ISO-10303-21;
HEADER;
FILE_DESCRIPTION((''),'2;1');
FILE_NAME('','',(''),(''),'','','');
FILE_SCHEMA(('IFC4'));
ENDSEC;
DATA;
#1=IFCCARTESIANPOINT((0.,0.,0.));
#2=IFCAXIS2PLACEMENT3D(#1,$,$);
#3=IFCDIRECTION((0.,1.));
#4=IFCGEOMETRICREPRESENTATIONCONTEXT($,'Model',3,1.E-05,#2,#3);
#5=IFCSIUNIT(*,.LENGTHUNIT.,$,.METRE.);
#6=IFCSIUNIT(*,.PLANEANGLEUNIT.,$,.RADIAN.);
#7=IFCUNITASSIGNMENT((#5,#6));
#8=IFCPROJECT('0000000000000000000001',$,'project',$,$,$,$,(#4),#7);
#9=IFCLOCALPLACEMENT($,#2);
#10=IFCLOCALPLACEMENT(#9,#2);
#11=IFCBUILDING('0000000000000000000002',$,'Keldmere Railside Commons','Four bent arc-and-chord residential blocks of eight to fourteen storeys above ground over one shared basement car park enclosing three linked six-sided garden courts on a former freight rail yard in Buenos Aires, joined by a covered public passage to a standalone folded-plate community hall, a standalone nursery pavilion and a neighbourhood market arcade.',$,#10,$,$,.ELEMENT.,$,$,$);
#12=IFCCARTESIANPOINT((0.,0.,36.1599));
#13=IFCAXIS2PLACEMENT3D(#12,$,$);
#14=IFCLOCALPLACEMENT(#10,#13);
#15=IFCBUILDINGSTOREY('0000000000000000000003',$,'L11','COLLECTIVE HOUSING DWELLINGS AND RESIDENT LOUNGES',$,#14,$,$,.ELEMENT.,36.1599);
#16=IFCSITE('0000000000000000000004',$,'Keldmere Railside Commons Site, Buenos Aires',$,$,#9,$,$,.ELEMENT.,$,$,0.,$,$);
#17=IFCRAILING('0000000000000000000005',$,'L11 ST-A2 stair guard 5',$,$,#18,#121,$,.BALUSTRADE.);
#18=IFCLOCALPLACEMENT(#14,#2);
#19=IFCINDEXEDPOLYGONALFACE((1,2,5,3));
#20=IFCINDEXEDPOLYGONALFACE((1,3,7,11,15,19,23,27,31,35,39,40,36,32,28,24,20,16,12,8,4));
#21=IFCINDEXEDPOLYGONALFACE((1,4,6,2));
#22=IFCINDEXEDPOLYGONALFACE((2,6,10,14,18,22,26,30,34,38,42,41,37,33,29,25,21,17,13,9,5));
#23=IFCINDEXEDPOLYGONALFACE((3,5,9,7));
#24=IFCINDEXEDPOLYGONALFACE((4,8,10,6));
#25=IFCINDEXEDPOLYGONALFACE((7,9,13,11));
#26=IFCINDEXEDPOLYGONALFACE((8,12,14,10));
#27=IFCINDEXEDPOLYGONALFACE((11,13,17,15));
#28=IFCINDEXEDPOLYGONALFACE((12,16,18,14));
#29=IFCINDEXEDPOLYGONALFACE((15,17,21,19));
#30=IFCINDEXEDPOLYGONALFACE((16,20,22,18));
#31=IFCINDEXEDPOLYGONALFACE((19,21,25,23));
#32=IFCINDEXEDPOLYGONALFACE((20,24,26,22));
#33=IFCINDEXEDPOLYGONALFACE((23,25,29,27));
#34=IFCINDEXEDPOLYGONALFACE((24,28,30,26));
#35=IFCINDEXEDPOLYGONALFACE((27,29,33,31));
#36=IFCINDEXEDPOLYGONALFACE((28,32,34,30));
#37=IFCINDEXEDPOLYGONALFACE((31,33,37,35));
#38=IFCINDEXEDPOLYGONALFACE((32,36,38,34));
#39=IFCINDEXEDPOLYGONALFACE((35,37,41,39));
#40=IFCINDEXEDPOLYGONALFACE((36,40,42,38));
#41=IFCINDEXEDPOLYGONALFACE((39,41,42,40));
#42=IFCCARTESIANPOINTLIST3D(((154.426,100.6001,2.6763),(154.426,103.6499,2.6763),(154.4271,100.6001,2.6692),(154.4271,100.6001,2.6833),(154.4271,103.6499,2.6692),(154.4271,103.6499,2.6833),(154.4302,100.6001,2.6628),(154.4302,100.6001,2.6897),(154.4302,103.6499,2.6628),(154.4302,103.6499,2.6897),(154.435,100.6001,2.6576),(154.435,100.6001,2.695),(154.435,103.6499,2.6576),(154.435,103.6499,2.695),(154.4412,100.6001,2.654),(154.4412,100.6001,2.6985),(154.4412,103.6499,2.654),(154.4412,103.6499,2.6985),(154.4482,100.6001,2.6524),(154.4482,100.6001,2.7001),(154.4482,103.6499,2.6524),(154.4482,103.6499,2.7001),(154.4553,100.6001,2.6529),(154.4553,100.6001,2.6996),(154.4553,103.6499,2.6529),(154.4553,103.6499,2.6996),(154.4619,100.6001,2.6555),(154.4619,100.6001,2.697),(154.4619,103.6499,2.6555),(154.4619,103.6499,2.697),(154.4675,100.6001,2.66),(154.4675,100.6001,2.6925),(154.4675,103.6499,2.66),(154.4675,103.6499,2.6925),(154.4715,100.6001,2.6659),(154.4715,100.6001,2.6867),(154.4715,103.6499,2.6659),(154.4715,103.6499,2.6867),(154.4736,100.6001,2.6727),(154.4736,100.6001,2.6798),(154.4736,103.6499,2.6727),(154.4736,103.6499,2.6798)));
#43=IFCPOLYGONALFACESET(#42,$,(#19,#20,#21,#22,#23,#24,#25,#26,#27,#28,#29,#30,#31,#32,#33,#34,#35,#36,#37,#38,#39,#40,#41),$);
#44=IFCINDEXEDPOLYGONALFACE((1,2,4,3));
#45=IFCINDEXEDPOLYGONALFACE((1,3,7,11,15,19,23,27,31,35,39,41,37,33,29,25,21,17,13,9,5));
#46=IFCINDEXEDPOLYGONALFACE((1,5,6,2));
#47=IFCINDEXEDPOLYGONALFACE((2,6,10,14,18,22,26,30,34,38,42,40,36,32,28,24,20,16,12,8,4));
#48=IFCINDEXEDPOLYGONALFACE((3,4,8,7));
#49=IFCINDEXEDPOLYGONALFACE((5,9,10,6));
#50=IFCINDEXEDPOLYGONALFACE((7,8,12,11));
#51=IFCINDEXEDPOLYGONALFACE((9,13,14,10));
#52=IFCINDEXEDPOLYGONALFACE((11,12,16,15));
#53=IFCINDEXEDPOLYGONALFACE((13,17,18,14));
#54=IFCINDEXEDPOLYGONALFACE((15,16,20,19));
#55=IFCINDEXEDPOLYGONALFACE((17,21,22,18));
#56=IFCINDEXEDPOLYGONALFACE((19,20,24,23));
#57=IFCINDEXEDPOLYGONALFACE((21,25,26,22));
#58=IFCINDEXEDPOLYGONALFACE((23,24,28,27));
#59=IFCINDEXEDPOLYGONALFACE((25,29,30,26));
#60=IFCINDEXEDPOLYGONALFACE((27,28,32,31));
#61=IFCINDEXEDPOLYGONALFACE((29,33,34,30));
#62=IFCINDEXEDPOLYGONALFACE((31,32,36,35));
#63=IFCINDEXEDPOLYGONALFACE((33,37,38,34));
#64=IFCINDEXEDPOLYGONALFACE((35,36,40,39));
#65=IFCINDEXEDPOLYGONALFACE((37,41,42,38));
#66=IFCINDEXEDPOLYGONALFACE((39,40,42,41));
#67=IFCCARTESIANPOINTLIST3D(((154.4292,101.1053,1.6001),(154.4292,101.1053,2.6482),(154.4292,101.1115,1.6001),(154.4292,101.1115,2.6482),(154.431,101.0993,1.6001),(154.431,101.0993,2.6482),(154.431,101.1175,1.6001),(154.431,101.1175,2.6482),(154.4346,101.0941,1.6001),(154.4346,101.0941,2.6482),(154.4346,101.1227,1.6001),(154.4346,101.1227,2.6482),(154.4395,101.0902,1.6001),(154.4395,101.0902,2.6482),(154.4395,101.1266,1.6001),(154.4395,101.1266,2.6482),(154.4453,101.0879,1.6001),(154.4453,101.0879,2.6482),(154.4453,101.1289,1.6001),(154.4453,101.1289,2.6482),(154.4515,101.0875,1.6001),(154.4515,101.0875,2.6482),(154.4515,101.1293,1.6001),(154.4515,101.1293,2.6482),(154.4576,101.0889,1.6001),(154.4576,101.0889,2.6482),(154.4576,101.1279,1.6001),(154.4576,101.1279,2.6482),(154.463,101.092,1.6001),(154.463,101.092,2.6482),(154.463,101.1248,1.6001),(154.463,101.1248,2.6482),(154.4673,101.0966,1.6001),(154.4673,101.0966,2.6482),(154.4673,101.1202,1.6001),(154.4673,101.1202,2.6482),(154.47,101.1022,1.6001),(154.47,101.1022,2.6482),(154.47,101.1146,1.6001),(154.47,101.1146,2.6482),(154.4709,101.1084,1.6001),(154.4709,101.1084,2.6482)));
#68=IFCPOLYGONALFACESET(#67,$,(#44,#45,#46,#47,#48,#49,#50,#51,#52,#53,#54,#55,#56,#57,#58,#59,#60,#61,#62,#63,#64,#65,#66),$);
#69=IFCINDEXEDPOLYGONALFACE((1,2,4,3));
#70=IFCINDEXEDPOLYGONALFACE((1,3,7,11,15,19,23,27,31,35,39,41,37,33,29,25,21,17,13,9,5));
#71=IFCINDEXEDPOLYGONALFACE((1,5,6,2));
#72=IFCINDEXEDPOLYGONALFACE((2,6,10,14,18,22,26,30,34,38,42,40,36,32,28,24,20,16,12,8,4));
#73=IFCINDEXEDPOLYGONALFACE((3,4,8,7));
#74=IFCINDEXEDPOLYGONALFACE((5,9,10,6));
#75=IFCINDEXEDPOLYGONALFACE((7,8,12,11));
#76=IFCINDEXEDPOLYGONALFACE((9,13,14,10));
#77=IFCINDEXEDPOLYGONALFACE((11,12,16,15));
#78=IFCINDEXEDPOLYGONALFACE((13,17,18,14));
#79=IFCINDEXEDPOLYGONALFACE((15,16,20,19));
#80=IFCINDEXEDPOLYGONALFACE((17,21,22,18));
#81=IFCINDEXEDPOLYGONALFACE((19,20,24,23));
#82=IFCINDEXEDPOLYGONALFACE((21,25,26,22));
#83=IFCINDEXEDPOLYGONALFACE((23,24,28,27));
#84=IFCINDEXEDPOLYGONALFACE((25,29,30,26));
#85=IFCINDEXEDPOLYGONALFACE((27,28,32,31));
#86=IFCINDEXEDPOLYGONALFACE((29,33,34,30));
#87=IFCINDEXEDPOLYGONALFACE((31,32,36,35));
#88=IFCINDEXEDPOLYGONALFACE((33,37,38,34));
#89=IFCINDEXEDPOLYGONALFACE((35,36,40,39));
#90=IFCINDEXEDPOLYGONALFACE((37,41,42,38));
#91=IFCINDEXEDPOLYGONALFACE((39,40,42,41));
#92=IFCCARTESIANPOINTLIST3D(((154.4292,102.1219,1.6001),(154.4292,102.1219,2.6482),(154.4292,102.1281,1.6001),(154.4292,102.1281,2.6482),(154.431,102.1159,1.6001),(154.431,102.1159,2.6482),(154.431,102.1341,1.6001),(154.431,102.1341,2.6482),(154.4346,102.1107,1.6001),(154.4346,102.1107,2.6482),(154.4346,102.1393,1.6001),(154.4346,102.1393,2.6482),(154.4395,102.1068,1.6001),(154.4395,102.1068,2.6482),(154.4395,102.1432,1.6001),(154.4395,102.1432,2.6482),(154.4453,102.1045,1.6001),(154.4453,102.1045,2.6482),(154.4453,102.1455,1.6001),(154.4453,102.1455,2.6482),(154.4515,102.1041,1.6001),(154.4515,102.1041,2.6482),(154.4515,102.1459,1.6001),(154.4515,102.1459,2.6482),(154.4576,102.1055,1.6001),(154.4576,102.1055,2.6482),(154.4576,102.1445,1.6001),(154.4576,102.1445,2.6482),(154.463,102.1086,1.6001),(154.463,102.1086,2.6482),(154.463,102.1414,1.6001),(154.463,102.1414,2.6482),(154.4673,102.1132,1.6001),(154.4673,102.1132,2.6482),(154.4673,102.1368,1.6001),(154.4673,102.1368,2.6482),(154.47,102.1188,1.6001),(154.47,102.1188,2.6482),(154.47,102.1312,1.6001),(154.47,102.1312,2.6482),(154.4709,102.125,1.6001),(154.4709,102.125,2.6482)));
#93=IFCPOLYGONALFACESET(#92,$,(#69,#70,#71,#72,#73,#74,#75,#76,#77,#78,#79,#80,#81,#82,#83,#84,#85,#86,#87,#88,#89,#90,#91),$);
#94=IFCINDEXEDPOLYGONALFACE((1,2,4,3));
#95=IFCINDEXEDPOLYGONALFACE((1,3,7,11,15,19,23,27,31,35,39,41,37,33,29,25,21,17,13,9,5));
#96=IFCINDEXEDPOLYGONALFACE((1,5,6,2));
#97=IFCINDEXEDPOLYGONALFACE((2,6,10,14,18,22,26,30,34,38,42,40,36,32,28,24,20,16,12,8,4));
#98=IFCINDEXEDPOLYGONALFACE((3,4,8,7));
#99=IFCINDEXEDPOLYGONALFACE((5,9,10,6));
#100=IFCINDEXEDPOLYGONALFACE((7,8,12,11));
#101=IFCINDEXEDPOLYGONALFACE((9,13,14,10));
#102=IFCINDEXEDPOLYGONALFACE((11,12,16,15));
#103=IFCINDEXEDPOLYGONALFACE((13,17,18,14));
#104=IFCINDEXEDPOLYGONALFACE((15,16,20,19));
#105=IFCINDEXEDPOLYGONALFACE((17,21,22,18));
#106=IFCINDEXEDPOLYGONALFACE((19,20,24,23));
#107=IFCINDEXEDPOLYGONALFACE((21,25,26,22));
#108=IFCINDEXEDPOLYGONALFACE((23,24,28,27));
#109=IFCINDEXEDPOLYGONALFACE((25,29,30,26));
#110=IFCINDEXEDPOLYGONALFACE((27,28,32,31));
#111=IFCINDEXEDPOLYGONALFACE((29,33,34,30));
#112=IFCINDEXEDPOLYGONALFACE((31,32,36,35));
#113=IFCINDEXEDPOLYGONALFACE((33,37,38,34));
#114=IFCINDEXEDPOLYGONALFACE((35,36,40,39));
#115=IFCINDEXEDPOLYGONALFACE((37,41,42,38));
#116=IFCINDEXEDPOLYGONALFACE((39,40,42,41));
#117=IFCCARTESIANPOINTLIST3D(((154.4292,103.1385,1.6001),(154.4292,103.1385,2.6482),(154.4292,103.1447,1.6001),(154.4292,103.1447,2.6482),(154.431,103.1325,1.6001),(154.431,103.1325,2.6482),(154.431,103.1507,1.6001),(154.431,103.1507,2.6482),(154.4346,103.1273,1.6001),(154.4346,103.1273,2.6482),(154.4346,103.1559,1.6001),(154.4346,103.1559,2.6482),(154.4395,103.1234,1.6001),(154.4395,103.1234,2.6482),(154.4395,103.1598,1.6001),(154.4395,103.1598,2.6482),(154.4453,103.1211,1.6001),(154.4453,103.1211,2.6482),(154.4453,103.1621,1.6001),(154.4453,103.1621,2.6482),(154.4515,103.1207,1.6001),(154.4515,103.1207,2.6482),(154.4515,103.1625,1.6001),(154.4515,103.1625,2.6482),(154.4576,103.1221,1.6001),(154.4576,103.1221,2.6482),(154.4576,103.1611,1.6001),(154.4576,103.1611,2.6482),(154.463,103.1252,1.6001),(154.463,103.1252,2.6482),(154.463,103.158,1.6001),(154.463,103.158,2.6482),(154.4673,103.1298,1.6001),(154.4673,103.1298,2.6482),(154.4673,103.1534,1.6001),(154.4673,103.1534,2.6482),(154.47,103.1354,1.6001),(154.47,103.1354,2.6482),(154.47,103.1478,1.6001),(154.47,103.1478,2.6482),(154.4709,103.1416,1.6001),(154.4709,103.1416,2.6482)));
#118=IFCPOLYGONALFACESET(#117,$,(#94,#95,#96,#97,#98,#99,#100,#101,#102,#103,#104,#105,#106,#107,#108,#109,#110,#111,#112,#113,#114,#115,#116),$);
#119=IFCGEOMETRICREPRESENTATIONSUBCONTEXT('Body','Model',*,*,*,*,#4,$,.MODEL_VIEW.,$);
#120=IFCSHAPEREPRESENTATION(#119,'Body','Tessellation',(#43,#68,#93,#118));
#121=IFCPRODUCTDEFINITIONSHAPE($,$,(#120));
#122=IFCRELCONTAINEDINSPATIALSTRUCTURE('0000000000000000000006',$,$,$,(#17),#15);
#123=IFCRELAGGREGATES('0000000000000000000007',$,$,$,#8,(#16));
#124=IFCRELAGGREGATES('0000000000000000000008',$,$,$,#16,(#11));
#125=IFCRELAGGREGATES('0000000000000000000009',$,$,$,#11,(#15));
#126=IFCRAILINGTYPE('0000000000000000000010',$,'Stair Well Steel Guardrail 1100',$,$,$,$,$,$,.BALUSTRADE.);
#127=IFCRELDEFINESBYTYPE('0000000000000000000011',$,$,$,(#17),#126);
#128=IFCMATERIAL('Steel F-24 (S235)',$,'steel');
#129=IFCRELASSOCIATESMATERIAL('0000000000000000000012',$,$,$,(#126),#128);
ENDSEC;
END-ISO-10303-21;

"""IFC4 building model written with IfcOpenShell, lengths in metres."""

from ifc_helpers import new_model, si_unit, direction, frame, origin, origin_2d, place, context, subcontext, project, spatial, circle, extrude, material, type_object, element, save


model = new_model("IFC4")

# Units and contexts
model_context = context("Model", 3, precision=1e-05, world=origin(), true_north=direction((0.0, 1.0)))
body_context = subcontext(model_context, "Body", "Model", "MODEL_VIEW")
ifc_project = project(units=[si_unit("LENGTHUNIT", "METRE"), si_unit("PLANEANGLEUNIT", "RADIAN")], contexts=[model_context])

# Site, building, storey
site_placement = place(None, origin())
site = spatial("IfcSite", under=ifc_project, at=site_placement, Name="Keldmere Railside Commons Site, Buenos Aires", CompositionType="ELEMENT", RefElevation=0.0)
building_placement = place(site_placement, origin())
building = spatial("IfcBuilding", under=site, at=building_placement, Name="Keldmere Railside Commons", Description="Four bent arc-and-chord residential blocks of eight to fourteen storeys above ground over one shared basement car park enclosing three linked six-sided garden courts on a former freight rail yard in Buenos Aires, joined by a covered public passage to a standalone folded-plate community hall, a standalone nursery pavilion and a neighbourhood market arcade.", CompositionType="ELEMENT")
storey_placement = place(building_placement, frame((0.0, 0.0, 36.1599)))
storey = spatial("IfcBuildingStorey", under=building, at=storey_placement, Name="L11", Description="COLLECTIVE HOUSING DWELLINGS AND RESIDENT LOUNGES", CompositionType="ELEMENT", Elevation=36.1599)

# Railing
ifc_material_1 = material(Name="Steel F-24 (S235)", Category="steel")
railing_type_1 = type_object("IfcRailingType", Name="Stair Well Steel Guardrail 1100", PredefinedType="BALUSTRADE", material=ifc_material_1)
railing_1_placement = place(storey_placement, frame((154.45, 100.6001, 1.6001)))
element("IfcRailing", 1, at=railing_1_placement, inside=storey, type_object=railing_type_1, Name="L11 ST-A2 stair guard 5", PredefinedType="BALUSTRADE", context=body_context, shape_type="SweptSolid", body=[
    extrude(circle(Radius=0.0239, at=origin_2d()), frame((0.0, 0.0, 1.0762), z_axis=(0.0, 1.0, 0.0), x_axis=(-1.0, 0.0, 0.0)), (0.0, 0.0, 1.0), 3.0498),
    extrude(circle(Radius=0.021, at=origin_2d()), frame((0.0, 0.5083, 0.0)), (0.0, 0.0, 1.0), 1.0481),
    extrude(circle(Radius=0.021, at=origin_2d()), frame((0.0, 1.5249, 0.0)), (0.0, 0.0, 1.0), 1.0481),
    extrude(circle(Radius=0.021, at=origin_2d()), frame((0.0, 2.5415, 0.0)), (0.0, 0.0, 1.0), 1.0481),
])

save(model, "model.ifc")
